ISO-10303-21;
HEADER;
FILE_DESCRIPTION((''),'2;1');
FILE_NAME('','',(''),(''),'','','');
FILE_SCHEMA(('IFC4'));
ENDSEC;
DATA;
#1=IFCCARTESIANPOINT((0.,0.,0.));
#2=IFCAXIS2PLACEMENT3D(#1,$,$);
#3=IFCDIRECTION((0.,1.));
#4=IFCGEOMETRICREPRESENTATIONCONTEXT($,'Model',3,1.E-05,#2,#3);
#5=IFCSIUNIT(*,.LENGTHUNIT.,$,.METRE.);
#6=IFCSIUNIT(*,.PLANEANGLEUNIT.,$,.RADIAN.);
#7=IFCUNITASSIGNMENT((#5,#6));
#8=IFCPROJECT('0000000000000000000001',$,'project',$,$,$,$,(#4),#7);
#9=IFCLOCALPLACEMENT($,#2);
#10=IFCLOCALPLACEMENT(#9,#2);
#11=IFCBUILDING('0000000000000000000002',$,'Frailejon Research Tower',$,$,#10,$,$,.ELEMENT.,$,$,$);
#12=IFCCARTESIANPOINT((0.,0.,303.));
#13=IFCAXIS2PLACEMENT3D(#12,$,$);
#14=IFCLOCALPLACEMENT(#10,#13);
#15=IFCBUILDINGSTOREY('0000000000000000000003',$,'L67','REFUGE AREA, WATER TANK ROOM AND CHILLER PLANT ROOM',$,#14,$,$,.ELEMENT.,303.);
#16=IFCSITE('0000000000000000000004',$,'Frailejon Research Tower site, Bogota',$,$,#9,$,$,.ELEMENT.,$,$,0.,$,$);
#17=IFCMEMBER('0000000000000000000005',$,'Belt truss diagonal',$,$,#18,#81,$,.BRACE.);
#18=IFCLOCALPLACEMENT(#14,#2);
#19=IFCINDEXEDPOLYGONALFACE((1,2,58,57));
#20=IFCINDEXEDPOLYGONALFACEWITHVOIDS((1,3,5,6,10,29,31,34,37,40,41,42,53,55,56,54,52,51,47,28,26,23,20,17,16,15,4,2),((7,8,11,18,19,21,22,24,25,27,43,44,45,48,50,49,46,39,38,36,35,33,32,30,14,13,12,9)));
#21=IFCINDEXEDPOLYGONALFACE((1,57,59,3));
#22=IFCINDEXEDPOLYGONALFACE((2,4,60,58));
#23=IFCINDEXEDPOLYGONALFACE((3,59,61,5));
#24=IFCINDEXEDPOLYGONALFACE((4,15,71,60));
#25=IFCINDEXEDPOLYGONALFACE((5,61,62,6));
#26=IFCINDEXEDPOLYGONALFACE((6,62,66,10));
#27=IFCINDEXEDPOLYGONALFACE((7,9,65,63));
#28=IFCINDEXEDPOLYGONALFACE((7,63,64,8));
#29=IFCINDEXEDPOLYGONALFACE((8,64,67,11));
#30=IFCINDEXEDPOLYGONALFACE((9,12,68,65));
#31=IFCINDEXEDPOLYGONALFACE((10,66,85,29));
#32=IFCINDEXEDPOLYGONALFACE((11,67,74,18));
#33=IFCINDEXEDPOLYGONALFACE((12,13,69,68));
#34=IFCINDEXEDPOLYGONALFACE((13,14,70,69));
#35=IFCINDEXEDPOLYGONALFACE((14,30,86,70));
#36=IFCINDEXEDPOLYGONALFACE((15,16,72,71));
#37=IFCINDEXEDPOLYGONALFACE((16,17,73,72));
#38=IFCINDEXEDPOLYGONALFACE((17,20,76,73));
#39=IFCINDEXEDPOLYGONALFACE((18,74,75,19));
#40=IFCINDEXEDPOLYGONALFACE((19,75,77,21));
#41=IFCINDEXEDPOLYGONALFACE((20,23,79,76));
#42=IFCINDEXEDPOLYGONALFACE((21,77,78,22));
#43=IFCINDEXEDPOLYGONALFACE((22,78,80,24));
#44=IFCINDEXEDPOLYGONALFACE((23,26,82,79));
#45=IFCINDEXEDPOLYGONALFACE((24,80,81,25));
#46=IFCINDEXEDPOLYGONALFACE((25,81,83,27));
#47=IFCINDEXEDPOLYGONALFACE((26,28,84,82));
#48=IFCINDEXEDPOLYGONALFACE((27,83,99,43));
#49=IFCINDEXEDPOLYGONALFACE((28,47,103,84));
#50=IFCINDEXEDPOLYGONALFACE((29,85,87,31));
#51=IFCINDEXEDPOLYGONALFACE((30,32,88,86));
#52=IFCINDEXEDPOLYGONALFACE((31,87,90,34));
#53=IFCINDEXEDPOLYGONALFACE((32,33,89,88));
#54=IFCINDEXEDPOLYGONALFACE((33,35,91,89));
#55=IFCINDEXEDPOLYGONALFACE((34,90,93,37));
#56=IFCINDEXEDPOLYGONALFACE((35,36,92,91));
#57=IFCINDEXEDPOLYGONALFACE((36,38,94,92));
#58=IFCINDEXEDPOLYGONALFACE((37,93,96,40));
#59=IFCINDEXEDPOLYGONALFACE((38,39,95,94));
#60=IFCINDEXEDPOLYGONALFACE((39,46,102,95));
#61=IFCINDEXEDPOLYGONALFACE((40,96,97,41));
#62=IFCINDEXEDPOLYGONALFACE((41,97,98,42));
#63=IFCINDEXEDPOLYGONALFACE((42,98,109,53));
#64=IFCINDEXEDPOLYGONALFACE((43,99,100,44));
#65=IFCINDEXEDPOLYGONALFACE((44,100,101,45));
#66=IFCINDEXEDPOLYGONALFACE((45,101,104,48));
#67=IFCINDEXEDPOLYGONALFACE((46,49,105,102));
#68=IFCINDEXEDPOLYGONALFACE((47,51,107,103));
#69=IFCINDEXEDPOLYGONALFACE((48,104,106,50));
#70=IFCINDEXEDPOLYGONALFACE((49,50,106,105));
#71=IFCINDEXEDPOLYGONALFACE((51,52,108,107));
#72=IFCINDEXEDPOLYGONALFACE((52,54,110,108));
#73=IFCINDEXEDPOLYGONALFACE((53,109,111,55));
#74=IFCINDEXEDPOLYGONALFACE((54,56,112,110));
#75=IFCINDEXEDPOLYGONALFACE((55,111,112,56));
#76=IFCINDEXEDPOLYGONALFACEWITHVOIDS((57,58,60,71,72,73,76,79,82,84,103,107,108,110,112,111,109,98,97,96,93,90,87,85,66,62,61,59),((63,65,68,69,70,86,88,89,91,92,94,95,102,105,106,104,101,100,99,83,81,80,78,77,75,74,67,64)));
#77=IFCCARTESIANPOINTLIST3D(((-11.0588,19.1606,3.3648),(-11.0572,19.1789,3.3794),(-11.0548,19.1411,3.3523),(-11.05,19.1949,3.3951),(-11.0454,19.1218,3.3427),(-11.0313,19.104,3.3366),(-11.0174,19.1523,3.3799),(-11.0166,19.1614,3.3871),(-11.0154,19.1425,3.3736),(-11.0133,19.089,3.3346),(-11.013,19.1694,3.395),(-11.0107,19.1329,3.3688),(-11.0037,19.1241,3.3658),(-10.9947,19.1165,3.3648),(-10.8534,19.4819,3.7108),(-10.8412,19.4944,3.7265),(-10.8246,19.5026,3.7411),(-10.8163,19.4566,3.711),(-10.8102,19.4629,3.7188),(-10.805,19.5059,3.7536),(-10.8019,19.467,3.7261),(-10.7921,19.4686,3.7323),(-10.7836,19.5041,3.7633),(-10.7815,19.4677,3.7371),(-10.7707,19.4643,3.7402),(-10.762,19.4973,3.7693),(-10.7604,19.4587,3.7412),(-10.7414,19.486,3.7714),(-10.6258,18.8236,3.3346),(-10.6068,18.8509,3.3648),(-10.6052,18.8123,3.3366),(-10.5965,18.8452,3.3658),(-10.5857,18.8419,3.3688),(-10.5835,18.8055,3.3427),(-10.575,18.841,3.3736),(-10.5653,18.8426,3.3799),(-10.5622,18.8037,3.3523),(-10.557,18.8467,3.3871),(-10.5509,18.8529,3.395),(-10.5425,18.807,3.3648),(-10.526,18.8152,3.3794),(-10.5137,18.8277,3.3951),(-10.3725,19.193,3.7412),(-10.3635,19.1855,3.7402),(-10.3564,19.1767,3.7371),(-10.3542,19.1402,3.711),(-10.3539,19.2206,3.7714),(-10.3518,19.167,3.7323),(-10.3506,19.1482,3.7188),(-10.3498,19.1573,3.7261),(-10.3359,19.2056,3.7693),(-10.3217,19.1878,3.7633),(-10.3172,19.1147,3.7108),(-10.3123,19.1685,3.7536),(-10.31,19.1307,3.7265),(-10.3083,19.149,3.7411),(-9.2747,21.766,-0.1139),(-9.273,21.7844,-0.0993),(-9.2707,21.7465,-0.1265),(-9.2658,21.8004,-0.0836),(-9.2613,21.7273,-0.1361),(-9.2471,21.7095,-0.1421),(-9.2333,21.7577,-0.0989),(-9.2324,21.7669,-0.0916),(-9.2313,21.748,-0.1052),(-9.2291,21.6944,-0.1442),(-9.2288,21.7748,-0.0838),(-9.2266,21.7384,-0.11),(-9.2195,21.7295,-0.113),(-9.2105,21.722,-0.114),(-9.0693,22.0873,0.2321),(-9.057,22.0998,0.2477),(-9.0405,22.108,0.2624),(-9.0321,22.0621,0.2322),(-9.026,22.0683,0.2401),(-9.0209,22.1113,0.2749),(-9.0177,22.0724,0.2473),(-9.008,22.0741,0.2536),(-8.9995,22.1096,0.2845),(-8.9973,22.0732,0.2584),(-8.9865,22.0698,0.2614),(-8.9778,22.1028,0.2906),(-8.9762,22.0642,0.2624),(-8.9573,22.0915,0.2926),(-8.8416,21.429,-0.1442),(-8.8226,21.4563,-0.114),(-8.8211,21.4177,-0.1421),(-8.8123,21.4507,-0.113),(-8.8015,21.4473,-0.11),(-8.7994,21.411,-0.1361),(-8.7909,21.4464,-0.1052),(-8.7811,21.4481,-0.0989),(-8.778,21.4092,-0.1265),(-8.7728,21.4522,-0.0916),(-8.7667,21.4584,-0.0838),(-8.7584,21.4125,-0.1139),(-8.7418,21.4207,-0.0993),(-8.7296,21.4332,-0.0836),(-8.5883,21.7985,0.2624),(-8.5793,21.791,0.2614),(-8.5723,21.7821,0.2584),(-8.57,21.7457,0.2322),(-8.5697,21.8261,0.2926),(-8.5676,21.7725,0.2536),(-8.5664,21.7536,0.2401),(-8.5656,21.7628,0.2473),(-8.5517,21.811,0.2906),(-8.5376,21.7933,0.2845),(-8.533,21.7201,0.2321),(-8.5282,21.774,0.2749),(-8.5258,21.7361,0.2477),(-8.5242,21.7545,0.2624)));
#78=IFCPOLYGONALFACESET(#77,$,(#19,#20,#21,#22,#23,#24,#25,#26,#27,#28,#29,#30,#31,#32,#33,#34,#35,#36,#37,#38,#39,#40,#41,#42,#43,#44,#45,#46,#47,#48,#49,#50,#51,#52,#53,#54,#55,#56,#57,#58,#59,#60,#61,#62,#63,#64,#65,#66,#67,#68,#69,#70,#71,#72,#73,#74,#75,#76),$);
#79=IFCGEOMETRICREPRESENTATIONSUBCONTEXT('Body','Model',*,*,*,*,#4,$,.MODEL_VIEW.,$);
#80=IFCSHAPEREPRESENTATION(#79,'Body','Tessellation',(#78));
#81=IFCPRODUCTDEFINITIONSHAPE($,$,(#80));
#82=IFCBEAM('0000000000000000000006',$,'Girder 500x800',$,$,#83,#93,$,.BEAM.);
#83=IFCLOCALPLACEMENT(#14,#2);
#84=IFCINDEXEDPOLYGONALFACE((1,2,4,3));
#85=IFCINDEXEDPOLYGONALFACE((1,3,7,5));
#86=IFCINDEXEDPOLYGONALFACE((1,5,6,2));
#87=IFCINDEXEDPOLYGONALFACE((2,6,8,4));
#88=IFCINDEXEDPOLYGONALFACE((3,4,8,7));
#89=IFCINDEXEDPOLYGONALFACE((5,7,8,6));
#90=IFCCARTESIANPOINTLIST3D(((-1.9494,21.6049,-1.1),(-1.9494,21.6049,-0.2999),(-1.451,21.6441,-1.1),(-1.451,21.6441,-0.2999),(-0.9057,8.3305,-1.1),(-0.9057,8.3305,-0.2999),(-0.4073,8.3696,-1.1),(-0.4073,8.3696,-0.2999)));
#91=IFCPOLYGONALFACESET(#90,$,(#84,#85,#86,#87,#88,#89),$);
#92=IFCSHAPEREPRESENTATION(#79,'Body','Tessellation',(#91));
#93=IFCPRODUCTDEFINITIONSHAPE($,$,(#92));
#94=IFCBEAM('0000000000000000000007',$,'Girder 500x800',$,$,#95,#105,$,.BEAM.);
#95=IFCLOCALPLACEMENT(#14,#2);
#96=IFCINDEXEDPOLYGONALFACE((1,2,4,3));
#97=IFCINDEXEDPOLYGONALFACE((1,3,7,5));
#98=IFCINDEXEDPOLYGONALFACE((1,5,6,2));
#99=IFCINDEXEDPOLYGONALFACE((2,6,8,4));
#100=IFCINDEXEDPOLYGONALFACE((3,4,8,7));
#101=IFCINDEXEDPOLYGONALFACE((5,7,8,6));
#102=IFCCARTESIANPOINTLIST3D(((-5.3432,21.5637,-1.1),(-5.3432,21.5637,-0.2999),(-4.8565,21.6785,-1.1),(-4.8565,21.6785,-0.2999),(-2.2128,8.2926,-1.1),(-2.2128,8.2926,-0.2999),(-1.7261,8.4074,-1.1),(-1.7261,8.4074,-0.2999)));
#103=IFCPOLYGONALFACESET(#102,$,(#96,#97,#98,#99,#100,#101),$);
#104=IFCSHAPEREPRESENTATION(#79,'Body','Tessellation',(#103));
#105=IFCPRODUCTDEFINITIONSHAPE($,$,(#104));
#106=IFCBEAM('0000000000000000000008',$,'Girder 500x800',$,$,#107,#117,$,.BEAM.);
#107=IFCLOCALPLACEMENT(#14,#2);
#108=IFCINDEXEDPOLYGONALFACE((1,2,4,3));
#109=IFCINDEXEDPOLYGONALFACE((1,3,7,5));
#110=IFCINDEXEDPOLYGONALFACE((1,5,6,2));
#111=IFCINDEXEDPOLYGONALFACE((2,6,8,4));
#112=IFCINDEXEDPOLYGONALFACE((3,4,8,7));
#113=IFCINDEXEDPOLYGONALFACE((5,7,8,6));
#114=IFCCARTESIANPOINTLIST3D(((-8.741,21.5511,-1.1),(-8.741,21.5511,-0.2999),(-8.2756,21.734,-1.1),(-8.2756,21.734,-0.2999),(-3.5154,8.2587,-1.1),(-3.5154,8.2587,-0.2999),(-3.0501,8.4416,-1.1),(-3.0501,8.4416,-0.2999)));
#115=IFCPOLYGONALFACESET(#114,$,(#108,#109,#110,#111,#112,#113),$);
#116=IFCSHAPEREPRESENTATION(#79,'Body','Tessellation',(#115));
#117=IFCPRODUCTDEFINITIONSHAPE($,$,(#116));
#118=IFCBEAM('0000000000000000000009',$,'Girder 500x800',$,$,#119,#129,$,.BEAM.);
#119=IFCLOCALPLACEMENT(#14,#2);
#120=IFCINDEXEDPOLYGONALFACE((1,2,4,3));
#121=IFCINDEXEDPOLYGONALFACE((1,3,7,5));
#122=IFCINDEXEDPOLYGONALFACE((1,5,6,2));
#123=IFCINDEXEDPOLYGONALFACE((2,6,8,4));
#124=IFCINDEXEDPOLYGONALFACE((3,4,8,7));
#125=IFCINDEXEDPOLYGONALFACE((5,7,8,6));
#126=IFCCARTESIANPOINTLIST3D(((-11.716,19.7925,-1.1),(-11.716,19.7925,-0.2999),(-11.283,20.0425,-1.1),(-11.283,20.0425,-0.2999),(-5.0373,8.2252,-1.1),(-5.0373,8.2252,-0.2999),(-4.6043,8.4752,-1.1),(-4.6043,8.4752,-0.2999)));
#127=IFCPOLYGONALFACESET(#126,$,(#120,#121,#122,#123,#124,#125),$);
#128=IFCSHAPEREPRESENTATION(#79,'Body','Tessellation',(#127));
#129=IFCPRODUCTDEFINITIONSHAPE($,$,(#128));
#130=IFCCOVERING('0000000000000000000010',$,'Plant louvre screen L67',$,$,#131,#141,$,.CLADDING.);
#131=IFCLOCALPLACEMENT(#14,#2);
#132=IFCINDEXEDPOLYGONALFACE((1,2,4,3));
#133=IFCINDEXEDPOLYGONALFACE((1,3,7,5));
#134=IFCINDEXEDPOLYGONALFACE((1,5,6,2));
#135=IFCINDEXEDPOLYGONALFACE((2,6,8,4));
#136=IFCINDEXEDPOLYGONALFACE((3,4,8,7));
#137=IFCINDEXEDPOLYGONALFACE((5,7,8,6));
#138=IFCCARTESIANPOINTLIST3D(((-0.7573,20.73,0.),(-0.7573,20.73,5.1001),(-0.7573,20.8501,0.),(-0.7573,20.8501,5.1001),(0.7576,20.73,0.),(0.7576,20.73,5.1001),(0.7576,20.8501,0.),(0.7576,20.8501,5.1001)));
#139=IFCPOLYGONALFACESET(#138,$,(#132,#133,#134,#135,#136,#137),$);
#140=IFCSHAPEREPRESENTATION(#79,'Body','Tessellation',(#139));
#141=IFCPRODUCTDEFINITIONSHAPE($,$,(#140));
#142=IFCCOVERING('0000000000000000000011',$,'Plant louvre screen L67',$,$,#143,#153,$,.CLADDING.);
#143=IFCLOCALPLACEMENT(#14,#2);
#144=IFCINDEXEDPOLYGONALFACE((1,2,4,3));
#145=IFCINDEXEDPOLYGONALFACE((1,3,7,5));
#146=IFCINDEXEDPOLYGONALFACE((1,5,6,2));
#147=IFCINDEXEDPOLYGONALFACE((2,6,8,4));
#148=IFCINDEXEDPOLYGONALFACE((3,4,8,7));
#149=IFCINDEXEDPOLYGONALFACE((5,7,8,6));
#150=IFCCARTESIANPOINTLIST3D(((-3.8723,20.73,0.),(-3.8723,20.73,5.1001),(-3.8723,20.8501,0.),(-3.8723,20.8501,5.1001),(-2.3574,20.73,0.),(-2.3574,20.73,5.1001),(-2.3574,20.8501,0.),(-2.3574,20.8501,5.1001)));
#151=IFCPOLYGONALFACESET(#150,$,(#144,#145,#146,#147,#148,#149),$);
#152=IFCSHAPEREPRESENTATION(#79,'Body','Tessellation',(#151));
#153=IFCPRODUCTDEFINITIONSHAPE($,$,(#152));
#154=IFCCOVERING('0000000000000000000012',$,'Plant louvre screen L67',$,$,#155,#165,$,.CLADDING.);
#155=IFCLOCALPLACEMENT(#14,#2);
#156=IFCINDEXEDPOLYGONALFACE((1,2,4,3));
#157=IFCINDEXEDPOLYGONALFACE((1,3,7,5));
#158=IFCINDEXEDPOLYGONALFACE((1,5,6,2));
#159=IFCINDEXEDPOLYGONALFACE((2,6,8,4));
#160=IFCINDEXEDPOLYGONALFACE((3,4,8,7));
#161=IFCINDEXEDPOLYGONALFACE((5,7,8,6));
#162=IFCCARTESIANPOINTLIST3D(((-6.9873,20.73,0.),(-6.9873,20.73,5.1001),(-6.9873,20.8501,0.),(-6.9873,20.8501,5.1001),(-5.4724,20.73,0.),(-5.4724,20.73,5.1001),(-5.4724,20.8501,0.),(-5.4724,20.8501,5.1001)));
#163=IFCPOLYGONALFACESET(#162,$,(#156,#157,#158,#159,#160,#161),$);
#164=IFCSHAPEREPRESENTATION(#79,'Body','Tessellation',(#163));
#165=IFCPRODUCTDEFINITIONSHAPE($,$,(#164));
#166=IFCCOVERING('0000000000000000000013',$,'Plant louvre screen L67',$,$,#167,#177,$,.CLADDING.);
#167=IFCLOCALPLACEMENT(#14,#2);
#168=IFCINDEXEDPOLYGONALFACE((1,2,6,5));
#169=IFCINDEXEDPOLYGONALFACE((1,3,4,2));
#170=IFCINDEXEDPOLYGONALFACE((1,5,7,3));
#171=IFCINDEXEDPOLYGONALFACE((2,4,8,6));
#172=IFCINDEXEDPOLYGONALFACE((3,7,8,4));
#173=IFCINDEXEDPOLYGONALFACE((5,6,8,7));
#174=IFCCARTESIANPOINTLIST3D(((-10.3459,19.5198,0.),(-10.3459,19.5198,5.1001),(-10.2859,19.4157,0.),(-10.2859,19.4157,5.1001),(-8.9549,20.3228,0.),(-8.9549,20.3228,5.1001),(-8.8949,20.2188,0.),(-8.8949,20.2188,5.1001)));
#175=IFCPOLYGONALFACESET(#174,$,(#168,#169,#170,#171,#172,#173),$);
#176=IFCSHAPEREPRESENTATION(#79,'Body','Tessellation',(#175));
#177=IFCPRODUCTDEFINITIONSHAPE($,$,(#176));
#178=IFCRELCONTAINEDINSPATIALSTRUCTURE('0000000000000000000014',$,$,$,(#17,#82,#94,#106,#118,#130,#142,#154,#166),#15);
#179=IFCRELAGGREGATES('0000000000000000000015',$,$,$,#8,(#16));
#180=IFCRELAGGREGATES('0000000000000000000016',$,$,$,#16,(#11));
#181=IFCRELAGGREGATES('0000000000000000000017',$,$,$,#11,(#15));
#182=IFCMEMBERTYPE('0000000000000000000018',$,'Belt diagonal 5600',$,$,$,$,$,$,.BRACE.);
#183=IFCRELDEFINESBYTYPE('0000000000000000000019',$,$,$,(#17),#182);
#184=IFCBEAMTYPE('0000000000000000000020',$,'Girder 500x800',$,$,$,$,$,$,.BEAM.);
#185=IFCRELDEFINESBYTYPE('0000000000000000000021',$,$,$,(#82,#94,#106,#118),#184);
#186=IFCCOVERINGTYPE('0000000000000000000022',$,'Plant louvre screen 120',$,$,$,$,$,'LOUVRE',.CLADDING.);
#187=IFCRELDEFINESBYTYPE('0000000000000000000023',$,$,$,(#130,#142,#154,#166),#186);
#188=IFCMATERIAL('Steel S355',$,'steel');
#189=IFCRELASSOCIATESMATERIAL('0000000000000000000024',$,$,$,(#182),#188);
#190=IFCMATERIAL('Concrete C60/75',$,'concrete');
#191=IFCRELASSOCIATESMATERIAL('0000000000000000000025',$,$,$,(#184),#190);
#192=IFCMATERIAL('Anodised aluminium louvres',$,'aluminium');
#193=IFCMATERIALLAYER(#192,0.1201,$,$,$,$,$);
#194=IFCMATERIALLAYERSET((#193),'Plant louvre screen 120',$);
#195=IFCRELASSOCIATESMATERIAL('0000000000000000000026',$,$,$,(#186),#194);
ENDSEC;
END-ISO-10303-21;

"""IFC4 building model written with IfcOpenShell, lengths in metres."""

from ifc_helpers import new_model, si_unit, direction, frame, origin, origin_2d, place, context, subcontext, project, spatial, polyline, rectangle, hollow_rectangle, outline, extrude, material, layer, layer_set, material_profile, profile_set, type_object, element, save


model = new_model("IFC4")

# Units and contexts
model_context = context("Model", 3, precision=1e-05, world=origin(), true_north=direction((0.0, 1.0)))
body_context = subcontext(model_context, "Body", "Model", "MODEL_VIEW")
ifc_project = project(units=[si_unit("LENGTHUNIT", "METRE"), si_unit("PLANEANGLEUNIT", "RADIAN")], contexts=[model_context])

# Site, building, storey
site_placement = place(None, origin())
site = spatial("IfcSite", under=ifc_project, at=site_placement, Name="Frailejon Research Tower site, Bogota", CompositionType="ELEMENT", RefElevation=0.0)
building_placement = place(site_placement, origin())
building = spatial("IfcBuilding", under=site, at=building_placement, Name="Frailejon Research Tower", CompositionType="ELEMENT")
storey_placement = place(building_placement, frame((0.0, 0.0, 303.0)))
storey = spatial("IfcBuildingStorey", under=building, at=storey_placement, Name="L67", Description="REFUGE AREA, WATER TANK ROOM AND CHILLER PLANT ROOM", CompositionType="ELEMENT", Elevation=303.0)

# Member
ifc_material_1 = material(Name="Steel S355", Category="steel")
ifc_material_profile_1 = material_profile(ifc_material_1, hollow_rectangle(XDim=0.6499, YDim=0.6499, WallThickness=0.0449, InnerFilletRadius=0.0449, OuterFilletRadius=0.0901, at=origin_2d()), Name="Belt diagonal 5600")
ifc_profile_set_1 = profile_set([ifc_material_profile_1], Name="Steel S355")
member_type = type_object("IfcMemberType", Name="Belt diagonal 5600", PredefinedType="BRACE", material=ifc_profile_set_1)
member_1_placement = place(storey_placement, frame((-8.8994, 21.7603, 0.0742), z_axis=(-0.379754, -0.554562, 0.740438), x_axis=(0.825087, -0.565005, 0.0)))
element("IfcMember", 1, at=member_1_placement, inside=storey, type_object=member_type, Name="Belt truss diagonal", PredefinedType="BRACE", context=body_context, shape_type="SweptSolid", body=[
    extrude(hollow_rectangle(XDim=0.6499, YDim=0.6499, WallThickness=0.0449, InnerFilletRadius=0.0449, OuterFilletRadius=0.0901, at=origin_2d()), origin(), (0.0, 0.0, 1.0), 4.6982),
])

# Beams
ifc_material_2 = material(Name="Concrete C60/75", Category="concrete")
ifc_material_profile_2 = material_profile(ifc_material_2, rectangle(XDim=0.5, YDim=0.8, at=origin_2d()), Name="Girder 500x800")
ifc_profile_set_2 = profile_set([ifc_material_profile_2], Name="Concrete C60/75")
beam_type_1 = type_object("IfcBeamType", Name="Girder 500x800", PredefinedType="BEAM", material=ifc_profile_set_2)
beam_1_placement = place(storey_placement, frame((-1.7002, 21.6245, -0.7), z_axis=(0.078383, -0.996923, 0.0), x_axis=(0.996923, 0.078383, 0.0)))
element("IfcBeam", 2, at=beam_1_placement, inside=storey, type_object=beam_type_1, Name="Girder 500x800", PredefinedType="BEAM", context=body_context, shape_type="SweptSolid", body=[
    extrude(rectangle(XDim=0.5, YDim=0.8, at=origin_2d()), origin(), (0.0, 0.0, 1.0), 13.3154),
])
beam_2_placement = place(storey_placement, frame((-5.0999, 21.6211, -0.7), z_axis=(0.22958, -0.97329, 0.0), x_axis=(0.97329, 0.22958, 0.0)))
element("IfcBeam", 3, at=beam_2_placement, inside=storey, type_object=beam_type_1, Name="Girder 500x800", PredefinedType="BEAM", context=body_context, shape_type="SweptSolid", body=[
    extrude(rectangle(XDim=0.5, YDim=0.8, at=origin_2d()), origin(), (0.0, 0.0, 1.0), 13.6353),
])
beam_3_placement = place(storey_placement, frame((-8.5083, 21.6426, -0.7), z_axis=(0.365867, -0.930667, 0.0), x_axis=(0.930667, 0.365867, 0.0)))
element("IfcBeam", 4, at=beam_3_placement, inside=storey, type_object=beam_type_1, Name="Girder 500x800", PredefinedType="BEAM", context=body_context, shape_type="SweptSolid", body=[
    extrude(rectangle(XDim=0.5, YDim=0.8, at=origin_2d()), origin(), (0.0, 0.0, 1.0), 14.2827),
])
beam_4_placement = place(storey_placement, frame((-11.4995, 19.9175, -0.7), z_axis=(0.500016, -0.866016, 0.0), x_axis=(0.866016, 0.500016, 0.0)))
element("IfcBeam", 5, at=beam_4_placement, inside=storey, type_object=beam_type_1, Name="Girder 500x800", PredefinedType="BEAM", context=body_context, shape_type="SweptSolid", body=[
    extrude(rectangle(XDim=0.5, YDim=0.8, at=origin_2d()), origin(), (0.0, 0.0, 1.0), 13.3569),
])

# Coverings
ifc_material_3 = material(Name="Anodised aluminium louvres", Category="aluminium")
ifc_layer = layer(ifc_material_3, 0.1201)
ifc_layer_set = layer_set([ifc_layer], Name="Plant louvre screen 120")
covering_type = type_object("IfcCoveringType", Name="Plant louvre screen 120", ElementType="LOUVRE", PredefinedType="CLADDING", material=ifc_layer_set)
for number, where, z_axis, x_axis, name in (
    (6, (-0.7573, 20.8501, 0.0), (1.0, 0.0, 0.0), (0.0, 1.0, 0.0), "Plant louvre screen L67"),
    (7, (-3.8723, 20.8501, 0.0), (1.0, 0.0, 0.0), (0.0, 1.0, 0.0), "Plant louvre screen L67"),
    (8, (-6.9873, 20.8501, 0.0), (1.0, 0.0, 0.0), (0.0, 1.0, 0.0), "Plant louvre screen L67"),
):
    element("IfcCovering", number, at=place(storey_placement, frame(where, z_axis=z_axis, x_axis=x_axis)), inside=storey, type_object=covering_type, Name=name, PredefinedType="CLADDING", context=body_context, shape_type="SweptSolid", body=[
        extrude(outline(polyline([(-0.1201, 0.0), (0.0, 0.0), (0.0, 5.1001), (-0.1201, 5.1001), (-0.1201, 0.0)])), origin(), (0.0, 0.0, 1.0), 1.5149),
    ])
covering_placement = place(storey_placement, frame((-10.3459, 19.5198, 0.0), z_axis=(0.866035, 0.499983, 0.0), x_axis=(-0.499983, 0.866035, 0.0)))
element("IfcCovering", 9, at=covering_placement, inside=storey, type_object=covering_type, Name="Plant louvre screen L67", PredefinedType="CLADDING", context=body_context, shape_type="SweptSolid", body=[
    extrude(outline(polyline([(-0.1201, 0.0), (0.0, 0.0), (0.0, 5.1001), (-0.1201, 5.1001), (-0.1201, 0.0)])), origin(), (0.0, 0.0, 1.0), 1.6062),
])

save(model, "model.ifc")
